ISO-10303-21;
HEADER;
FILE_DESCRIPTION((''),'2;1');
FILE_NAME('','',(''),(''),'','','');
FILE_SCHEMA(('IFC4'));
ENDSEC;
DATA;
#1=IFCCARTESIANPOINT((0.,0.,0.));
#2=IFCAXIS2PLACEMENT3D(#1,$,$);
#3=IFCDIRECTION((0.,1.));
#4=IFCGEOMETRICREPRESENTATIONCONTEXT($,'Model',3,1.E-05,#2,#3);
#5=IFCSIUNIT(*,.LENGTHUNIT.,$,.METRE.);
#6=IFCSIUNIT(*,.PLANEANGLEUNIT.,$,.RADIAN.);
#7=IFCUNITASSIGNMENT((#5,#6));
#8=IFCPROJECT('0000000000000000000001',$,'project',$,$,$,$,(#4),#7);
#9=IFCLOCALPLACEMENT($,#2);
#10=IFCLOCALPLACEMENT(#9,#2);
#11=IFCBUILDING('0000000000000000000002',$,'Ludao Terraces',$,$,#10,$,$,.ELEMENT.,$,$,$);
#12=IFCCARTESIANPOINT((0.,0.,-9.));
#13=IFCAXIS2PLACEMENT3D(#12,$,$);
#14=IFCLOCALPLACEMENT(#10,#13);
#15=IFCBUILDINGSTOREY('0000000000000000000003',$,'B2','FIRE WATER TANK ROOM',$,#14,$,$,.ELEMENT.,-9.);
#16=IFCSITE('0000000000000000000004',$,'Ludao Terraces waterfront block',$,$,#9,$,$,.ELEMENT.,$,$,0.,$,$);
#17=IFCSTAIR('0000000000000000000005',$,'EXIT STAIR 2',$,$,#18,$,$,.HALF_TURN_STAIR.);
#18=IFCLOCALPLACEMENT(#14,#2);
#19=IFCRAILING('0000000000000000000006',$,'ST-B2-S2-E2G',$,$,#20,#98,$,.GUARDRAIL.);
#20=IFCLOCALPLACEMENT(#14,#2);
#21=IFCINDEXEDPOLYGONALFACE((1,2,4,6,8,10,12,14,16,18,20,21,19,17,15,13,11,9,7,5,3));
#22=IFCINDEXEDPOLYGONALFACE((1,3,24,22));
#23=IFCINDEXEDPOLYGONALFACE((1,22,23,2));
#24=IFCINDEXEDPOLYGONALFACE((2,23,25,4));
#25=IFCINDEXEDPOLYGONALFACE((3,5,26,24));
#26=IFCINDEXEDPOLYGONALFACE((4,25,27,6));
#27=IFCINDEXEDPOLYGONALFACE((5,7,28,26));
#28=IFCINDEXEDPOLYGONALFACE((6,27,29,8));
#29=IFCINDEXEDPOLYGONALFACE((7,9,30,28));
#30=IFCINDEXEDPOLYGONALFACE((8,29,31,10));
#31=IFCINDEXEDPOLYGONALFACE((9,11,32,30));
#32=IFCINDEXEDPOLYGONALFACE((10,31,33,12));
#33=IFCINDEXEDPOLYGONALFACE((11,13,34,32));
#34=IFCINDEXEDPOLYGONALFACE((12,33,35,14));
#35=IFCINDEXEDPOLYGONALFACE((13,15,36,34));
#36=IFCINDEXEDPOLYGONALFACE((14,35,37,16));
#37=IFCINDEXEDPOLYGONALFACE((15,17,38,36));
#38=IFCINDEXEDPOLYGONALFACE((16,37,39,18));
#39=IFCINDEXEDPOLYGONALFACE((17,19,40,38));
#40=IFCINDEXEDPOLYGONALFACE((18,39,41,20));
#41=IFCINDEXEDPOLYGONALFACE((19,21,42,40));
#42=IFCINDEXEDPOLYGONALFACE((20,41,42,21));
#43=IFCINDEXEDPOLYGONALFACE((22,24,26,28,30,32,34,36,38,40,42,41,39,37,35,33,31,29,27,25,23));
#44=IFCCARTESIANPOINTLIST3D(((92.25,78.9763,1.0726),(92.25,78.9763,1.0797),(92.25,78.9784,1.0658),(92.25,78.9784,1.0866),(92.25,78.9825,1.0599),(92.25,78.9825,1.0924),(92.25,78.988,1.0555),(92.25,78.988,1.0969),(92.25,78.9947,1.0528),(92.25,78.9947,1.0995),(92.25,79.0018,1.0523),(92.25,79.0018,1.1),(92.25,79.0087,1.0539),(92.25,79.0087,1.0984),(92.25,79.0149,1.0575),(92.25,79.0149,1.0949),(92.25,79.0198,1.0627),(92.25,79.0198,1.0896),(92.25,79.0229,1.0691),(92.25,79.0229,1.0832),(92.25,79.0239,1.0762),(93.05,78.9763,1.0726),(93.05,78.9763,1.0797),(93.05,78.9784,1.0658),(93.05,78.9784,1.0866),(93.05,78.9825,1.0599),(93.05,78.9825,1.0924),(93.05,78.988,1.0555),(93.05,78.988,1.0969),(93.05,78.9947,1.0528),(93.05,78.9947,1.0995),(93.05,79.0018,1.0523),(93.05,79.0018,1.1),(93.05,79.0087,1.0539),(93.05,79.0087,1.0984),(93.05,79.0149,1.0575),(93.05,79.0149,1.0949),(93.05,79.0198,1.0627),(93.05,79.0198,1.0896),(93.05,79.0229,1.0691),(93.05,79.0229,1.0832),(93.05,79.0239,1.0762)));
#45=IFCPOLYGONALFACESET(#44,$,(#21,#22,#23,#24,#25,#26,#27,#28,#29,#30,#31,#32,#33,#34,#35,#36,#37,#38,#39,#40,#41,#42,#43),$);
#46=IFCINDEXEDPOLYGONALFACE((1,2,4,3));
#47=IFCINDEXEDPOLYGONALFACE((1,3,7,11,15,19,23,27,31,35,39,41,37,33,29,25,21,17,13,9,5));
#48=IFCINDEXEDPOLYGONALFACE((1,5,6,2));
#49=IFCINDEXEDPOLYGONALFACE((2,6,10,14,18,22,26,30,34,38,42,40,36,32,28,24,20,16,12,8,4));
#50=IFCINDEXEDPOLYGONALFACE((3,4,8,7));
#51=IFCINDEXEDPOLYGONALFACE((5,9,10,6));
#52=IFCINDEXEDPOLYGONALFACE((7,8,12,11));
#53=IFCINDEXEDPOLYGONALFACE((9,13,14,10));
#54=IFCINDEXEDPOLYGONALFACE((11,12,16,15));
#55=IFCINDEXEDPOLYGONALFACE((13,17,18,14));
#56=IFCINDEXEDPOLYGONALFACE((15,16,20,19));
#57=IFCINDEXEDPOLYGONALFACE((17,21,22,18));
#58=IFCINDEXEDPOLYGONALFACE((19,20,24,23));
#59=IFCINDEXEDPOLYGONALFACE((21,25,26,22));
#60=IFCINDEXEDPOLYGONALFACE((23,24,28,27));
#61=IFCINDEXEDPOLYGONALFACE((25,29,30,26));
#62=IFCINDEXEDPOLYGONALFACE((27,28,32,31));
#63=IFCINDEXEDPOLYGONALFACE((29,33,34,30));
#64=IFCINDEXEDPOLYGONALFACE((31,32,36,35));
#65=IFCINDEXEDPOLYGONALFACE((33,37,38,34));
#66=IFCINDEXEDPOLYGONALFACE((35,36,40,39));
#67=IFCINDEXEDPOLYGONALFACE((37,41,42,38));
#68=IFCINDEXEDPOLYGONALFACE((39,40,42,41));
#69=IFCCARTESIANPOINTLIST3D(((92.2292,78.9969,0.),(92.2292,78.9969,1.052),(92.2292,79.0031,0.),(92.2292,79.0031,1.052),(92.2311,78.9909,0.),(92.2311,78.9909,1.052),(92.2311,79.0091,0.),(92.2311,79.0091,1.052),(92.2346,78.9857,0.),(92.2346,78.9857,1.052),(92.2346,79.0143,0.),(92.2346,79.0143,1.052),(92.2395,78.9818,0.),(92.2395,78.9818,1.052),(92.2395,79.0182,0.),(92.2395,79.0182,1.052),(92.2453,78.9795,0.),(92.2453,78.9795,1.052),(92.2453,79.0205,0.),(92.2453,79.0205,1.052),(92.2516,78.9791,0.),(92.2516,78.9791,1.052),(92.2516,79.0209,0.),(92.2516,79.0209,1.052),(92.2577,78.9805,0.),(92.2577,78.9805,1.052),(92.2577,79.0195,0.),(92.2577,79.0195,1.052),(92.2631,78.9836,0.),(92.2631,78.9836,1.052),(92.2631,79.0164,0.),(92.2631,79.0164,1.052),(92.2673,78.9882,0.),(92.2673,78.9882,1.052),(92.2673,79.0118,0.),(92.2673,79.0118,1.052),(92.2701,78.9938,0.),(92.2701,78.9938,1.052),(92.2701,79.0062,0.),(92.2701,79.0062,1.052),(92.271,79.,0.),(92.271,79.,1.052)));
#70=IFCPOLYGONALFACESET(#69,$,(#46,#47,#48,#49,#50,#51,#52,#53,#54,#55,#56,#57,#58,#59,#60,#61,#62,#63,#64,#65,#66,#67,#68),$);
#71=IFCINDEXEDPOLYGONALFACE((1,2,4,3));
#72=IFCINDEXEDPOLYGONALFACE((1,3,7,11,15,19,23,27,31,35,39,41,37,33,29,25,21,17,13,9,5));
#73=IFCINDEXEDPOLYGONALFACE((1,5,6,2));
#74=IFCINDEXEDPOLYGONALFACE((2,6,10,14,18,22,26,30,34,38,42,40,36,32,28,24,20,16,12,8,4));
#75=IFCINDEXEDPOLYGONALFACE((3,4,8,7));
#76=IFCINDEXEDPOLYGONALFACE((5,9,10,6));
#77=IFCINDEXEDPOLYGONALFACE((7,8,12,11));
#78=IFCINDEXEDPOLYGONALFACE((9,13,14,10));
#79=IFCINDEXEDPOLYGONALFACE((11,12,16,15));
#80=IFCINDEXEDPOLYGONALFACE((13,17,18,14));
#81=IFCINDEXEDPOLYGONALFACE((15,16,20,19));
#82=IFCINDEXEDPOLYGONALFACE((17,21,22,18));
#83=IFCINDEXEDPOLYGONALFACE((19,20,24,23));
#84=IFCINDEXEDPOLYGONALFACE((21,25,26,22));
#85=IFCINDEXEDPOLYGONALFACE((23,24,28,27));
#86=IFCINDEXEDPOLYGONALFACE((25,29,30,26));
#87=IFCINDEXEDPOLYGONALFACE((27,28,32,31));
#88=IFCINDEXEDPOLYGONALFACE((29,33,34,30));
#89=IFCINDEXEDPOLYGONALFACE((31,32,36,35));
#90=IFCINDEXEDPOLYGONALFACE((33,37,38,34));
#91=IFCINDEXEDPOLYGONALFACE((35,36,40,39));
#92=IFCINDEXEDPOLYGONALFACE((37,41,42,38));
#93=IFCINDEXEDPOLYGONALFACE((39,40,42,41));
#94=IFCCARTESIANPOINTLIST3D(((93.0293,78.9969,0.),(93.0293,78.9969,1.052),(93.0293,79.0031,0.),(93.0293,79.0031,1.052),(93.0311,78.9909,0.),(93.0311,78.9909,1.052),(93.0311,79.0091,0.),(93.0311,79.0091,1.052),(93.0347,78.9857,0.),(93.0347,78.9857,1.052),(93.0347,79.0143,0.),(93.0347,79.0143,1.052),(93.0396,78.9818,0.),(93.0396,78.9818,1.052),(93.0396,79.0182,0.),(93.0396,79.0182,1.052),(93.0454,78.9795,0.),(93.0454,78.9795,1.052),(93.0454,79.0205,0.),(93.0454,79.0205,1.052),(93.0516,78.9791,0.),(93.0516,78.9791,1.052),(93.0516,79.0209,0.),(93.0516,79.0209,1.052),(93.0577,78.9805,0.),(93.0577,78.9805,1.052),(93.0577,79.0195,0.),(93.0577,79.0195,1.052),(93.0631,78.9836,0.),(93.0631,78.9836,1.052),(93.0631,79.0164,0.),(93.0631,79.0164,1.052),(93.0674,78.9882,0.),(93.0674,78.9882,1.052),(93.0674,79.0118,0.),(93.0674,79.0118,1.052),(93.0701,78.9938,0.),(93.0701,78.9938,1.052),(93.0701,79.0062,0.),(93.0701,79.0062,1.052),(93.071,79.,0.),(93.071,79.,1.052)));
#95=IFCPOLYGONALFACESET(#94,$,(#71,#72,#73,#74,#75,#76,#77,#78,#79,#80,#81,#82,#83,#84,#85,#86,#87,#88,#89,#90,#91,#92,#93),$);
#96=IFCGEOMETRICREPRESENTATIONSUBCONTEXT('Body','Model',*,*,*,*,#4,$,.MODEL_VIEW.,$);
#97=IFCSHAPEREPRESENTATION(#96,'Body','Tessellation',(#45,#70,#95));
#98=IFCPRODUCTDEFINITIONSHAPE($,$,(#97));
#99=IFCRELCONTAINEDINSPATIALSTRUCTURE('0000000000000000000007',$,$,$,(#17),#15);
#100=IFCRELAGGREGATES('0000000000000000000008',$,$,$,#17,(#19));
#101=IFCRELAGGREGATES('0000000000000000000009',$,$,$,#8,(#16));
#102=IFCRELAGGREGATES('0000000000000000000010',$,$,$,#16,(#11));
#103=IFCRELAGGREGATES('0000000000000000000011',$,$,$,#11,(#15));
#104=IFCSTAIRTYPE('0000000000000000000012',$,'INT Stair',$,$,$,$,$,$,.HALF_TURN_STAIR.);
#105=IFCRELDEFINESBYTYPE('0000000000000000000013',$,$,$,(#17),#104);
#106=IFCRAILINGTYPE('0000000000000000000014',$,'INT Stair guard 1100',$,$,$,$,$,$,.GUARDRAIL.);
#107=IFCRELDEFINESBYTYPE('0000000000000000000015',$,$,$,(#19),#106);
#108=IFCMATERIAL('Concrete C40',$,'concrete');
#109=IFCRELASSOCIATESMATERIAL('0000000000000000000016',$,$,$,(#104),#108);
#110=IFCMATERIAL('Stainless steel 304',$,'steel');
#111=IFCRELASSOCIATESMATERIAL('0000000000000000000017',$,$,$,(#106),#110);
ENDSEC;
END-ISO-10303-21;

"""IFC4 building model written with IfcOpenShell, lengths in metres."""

from ifc_helpers import new_model, si_unit, direction, frame, origin, origin_2d, place, context, subcontext, project, spatial, circle, extrude, material, type_object, element, aggregate, save


model = new_model("IFC4")

# Units and contexts
model_context = context("Model", 3, precision=1e-05, world=origin(), true_north=direction((0.0, 1.0)))
body_context = subcontext(model_context, "Body", "Model", "MODEL_VIEW")
ifc_project = project(units=[si_unit("LENGTHUNIT", "METRE"), si_unit("PLANEANGLEUNIT", "RADIAN")], contexts=[model_context])

# Site, building, storey
site_placement = place(None, origin())
site = spatial("IfcSite", under=ifc_project, at=site_placement, Name="Ludao Terraces waterfront block", CompositionType="ELEMENT", RefElevation=0.0)
building_placement = place(site_placement, origin())
building = spatial("IfcBuilding", under=site, at=building_placement, Name="Ludao Terraces", CompositionType="ELEMENT")
storey_placement = place(building_placement, frame((0.0, 0.0, -9.0)))
storey = spatial("IfcBuildingStorey", under=building, at=storey_placement, Name="B2", Description="FIRE WATER TANK ROOM", CompositionType="ELEMENT", Elevation=-9.0)

# Shared definitions
ifc_material_1 = material(Name="Concrete C40", Category="concrete")

# Stair, railing
stair_type = type_object("IfcStairType", Name="INT Stair", PredefinedType="HALF_TURN_STAIR", material=ifc_material_1)
stair_placement = place(storey_placement, origin())
stair = element("IfcStair", 1, at=stair_placement, inside=storey, type_object=stair_type, Name="EXIT STAIR 2", PredefinedType="HALF_TURN_STAIR")
ifc_material_2 = material(Name="Stainless steel 304", Category="steel")
railing_type_1 = type_object("IfcRailingType", Name="INT Stair guard 1100", PredefinedType="GUARDRAIL", material=ifc_material_2)
railing_1_placement = place(storey_placement, frame((92.25, 79.0, 0.0)))
railing_1 = element("IfcRailing", 2, at=railing_1_placement, type_object=railing_type_1, Name="ST-B2-S2-E2G", PredefinedType="GUARDRAIL", context=body_context, shape_type="SweptSolid", body=[
    extrude(circle(Radius=0.0239, at=origin_2d()), frame((0.0, 0.0, 1.0762), z_axis=(1.0, 0.0, 0.0), x_axis=(0.0, 1.0, 0.0)), (0.0, 0.0, 1.0), 0.8),
    extrude(circle(Radius=0.021, at=origin_2d()), origin(), (0.0, 0.0, 1.0), 1.052),
    extrude(circle(Radius=0.021, at=origin_2d()), frame((0.8, 0.0, 0.0)), (0.0, 0.0, 1.0), 1.052),
])
aggregate(stair, [railing_1])

save(model, "model.ifc")
